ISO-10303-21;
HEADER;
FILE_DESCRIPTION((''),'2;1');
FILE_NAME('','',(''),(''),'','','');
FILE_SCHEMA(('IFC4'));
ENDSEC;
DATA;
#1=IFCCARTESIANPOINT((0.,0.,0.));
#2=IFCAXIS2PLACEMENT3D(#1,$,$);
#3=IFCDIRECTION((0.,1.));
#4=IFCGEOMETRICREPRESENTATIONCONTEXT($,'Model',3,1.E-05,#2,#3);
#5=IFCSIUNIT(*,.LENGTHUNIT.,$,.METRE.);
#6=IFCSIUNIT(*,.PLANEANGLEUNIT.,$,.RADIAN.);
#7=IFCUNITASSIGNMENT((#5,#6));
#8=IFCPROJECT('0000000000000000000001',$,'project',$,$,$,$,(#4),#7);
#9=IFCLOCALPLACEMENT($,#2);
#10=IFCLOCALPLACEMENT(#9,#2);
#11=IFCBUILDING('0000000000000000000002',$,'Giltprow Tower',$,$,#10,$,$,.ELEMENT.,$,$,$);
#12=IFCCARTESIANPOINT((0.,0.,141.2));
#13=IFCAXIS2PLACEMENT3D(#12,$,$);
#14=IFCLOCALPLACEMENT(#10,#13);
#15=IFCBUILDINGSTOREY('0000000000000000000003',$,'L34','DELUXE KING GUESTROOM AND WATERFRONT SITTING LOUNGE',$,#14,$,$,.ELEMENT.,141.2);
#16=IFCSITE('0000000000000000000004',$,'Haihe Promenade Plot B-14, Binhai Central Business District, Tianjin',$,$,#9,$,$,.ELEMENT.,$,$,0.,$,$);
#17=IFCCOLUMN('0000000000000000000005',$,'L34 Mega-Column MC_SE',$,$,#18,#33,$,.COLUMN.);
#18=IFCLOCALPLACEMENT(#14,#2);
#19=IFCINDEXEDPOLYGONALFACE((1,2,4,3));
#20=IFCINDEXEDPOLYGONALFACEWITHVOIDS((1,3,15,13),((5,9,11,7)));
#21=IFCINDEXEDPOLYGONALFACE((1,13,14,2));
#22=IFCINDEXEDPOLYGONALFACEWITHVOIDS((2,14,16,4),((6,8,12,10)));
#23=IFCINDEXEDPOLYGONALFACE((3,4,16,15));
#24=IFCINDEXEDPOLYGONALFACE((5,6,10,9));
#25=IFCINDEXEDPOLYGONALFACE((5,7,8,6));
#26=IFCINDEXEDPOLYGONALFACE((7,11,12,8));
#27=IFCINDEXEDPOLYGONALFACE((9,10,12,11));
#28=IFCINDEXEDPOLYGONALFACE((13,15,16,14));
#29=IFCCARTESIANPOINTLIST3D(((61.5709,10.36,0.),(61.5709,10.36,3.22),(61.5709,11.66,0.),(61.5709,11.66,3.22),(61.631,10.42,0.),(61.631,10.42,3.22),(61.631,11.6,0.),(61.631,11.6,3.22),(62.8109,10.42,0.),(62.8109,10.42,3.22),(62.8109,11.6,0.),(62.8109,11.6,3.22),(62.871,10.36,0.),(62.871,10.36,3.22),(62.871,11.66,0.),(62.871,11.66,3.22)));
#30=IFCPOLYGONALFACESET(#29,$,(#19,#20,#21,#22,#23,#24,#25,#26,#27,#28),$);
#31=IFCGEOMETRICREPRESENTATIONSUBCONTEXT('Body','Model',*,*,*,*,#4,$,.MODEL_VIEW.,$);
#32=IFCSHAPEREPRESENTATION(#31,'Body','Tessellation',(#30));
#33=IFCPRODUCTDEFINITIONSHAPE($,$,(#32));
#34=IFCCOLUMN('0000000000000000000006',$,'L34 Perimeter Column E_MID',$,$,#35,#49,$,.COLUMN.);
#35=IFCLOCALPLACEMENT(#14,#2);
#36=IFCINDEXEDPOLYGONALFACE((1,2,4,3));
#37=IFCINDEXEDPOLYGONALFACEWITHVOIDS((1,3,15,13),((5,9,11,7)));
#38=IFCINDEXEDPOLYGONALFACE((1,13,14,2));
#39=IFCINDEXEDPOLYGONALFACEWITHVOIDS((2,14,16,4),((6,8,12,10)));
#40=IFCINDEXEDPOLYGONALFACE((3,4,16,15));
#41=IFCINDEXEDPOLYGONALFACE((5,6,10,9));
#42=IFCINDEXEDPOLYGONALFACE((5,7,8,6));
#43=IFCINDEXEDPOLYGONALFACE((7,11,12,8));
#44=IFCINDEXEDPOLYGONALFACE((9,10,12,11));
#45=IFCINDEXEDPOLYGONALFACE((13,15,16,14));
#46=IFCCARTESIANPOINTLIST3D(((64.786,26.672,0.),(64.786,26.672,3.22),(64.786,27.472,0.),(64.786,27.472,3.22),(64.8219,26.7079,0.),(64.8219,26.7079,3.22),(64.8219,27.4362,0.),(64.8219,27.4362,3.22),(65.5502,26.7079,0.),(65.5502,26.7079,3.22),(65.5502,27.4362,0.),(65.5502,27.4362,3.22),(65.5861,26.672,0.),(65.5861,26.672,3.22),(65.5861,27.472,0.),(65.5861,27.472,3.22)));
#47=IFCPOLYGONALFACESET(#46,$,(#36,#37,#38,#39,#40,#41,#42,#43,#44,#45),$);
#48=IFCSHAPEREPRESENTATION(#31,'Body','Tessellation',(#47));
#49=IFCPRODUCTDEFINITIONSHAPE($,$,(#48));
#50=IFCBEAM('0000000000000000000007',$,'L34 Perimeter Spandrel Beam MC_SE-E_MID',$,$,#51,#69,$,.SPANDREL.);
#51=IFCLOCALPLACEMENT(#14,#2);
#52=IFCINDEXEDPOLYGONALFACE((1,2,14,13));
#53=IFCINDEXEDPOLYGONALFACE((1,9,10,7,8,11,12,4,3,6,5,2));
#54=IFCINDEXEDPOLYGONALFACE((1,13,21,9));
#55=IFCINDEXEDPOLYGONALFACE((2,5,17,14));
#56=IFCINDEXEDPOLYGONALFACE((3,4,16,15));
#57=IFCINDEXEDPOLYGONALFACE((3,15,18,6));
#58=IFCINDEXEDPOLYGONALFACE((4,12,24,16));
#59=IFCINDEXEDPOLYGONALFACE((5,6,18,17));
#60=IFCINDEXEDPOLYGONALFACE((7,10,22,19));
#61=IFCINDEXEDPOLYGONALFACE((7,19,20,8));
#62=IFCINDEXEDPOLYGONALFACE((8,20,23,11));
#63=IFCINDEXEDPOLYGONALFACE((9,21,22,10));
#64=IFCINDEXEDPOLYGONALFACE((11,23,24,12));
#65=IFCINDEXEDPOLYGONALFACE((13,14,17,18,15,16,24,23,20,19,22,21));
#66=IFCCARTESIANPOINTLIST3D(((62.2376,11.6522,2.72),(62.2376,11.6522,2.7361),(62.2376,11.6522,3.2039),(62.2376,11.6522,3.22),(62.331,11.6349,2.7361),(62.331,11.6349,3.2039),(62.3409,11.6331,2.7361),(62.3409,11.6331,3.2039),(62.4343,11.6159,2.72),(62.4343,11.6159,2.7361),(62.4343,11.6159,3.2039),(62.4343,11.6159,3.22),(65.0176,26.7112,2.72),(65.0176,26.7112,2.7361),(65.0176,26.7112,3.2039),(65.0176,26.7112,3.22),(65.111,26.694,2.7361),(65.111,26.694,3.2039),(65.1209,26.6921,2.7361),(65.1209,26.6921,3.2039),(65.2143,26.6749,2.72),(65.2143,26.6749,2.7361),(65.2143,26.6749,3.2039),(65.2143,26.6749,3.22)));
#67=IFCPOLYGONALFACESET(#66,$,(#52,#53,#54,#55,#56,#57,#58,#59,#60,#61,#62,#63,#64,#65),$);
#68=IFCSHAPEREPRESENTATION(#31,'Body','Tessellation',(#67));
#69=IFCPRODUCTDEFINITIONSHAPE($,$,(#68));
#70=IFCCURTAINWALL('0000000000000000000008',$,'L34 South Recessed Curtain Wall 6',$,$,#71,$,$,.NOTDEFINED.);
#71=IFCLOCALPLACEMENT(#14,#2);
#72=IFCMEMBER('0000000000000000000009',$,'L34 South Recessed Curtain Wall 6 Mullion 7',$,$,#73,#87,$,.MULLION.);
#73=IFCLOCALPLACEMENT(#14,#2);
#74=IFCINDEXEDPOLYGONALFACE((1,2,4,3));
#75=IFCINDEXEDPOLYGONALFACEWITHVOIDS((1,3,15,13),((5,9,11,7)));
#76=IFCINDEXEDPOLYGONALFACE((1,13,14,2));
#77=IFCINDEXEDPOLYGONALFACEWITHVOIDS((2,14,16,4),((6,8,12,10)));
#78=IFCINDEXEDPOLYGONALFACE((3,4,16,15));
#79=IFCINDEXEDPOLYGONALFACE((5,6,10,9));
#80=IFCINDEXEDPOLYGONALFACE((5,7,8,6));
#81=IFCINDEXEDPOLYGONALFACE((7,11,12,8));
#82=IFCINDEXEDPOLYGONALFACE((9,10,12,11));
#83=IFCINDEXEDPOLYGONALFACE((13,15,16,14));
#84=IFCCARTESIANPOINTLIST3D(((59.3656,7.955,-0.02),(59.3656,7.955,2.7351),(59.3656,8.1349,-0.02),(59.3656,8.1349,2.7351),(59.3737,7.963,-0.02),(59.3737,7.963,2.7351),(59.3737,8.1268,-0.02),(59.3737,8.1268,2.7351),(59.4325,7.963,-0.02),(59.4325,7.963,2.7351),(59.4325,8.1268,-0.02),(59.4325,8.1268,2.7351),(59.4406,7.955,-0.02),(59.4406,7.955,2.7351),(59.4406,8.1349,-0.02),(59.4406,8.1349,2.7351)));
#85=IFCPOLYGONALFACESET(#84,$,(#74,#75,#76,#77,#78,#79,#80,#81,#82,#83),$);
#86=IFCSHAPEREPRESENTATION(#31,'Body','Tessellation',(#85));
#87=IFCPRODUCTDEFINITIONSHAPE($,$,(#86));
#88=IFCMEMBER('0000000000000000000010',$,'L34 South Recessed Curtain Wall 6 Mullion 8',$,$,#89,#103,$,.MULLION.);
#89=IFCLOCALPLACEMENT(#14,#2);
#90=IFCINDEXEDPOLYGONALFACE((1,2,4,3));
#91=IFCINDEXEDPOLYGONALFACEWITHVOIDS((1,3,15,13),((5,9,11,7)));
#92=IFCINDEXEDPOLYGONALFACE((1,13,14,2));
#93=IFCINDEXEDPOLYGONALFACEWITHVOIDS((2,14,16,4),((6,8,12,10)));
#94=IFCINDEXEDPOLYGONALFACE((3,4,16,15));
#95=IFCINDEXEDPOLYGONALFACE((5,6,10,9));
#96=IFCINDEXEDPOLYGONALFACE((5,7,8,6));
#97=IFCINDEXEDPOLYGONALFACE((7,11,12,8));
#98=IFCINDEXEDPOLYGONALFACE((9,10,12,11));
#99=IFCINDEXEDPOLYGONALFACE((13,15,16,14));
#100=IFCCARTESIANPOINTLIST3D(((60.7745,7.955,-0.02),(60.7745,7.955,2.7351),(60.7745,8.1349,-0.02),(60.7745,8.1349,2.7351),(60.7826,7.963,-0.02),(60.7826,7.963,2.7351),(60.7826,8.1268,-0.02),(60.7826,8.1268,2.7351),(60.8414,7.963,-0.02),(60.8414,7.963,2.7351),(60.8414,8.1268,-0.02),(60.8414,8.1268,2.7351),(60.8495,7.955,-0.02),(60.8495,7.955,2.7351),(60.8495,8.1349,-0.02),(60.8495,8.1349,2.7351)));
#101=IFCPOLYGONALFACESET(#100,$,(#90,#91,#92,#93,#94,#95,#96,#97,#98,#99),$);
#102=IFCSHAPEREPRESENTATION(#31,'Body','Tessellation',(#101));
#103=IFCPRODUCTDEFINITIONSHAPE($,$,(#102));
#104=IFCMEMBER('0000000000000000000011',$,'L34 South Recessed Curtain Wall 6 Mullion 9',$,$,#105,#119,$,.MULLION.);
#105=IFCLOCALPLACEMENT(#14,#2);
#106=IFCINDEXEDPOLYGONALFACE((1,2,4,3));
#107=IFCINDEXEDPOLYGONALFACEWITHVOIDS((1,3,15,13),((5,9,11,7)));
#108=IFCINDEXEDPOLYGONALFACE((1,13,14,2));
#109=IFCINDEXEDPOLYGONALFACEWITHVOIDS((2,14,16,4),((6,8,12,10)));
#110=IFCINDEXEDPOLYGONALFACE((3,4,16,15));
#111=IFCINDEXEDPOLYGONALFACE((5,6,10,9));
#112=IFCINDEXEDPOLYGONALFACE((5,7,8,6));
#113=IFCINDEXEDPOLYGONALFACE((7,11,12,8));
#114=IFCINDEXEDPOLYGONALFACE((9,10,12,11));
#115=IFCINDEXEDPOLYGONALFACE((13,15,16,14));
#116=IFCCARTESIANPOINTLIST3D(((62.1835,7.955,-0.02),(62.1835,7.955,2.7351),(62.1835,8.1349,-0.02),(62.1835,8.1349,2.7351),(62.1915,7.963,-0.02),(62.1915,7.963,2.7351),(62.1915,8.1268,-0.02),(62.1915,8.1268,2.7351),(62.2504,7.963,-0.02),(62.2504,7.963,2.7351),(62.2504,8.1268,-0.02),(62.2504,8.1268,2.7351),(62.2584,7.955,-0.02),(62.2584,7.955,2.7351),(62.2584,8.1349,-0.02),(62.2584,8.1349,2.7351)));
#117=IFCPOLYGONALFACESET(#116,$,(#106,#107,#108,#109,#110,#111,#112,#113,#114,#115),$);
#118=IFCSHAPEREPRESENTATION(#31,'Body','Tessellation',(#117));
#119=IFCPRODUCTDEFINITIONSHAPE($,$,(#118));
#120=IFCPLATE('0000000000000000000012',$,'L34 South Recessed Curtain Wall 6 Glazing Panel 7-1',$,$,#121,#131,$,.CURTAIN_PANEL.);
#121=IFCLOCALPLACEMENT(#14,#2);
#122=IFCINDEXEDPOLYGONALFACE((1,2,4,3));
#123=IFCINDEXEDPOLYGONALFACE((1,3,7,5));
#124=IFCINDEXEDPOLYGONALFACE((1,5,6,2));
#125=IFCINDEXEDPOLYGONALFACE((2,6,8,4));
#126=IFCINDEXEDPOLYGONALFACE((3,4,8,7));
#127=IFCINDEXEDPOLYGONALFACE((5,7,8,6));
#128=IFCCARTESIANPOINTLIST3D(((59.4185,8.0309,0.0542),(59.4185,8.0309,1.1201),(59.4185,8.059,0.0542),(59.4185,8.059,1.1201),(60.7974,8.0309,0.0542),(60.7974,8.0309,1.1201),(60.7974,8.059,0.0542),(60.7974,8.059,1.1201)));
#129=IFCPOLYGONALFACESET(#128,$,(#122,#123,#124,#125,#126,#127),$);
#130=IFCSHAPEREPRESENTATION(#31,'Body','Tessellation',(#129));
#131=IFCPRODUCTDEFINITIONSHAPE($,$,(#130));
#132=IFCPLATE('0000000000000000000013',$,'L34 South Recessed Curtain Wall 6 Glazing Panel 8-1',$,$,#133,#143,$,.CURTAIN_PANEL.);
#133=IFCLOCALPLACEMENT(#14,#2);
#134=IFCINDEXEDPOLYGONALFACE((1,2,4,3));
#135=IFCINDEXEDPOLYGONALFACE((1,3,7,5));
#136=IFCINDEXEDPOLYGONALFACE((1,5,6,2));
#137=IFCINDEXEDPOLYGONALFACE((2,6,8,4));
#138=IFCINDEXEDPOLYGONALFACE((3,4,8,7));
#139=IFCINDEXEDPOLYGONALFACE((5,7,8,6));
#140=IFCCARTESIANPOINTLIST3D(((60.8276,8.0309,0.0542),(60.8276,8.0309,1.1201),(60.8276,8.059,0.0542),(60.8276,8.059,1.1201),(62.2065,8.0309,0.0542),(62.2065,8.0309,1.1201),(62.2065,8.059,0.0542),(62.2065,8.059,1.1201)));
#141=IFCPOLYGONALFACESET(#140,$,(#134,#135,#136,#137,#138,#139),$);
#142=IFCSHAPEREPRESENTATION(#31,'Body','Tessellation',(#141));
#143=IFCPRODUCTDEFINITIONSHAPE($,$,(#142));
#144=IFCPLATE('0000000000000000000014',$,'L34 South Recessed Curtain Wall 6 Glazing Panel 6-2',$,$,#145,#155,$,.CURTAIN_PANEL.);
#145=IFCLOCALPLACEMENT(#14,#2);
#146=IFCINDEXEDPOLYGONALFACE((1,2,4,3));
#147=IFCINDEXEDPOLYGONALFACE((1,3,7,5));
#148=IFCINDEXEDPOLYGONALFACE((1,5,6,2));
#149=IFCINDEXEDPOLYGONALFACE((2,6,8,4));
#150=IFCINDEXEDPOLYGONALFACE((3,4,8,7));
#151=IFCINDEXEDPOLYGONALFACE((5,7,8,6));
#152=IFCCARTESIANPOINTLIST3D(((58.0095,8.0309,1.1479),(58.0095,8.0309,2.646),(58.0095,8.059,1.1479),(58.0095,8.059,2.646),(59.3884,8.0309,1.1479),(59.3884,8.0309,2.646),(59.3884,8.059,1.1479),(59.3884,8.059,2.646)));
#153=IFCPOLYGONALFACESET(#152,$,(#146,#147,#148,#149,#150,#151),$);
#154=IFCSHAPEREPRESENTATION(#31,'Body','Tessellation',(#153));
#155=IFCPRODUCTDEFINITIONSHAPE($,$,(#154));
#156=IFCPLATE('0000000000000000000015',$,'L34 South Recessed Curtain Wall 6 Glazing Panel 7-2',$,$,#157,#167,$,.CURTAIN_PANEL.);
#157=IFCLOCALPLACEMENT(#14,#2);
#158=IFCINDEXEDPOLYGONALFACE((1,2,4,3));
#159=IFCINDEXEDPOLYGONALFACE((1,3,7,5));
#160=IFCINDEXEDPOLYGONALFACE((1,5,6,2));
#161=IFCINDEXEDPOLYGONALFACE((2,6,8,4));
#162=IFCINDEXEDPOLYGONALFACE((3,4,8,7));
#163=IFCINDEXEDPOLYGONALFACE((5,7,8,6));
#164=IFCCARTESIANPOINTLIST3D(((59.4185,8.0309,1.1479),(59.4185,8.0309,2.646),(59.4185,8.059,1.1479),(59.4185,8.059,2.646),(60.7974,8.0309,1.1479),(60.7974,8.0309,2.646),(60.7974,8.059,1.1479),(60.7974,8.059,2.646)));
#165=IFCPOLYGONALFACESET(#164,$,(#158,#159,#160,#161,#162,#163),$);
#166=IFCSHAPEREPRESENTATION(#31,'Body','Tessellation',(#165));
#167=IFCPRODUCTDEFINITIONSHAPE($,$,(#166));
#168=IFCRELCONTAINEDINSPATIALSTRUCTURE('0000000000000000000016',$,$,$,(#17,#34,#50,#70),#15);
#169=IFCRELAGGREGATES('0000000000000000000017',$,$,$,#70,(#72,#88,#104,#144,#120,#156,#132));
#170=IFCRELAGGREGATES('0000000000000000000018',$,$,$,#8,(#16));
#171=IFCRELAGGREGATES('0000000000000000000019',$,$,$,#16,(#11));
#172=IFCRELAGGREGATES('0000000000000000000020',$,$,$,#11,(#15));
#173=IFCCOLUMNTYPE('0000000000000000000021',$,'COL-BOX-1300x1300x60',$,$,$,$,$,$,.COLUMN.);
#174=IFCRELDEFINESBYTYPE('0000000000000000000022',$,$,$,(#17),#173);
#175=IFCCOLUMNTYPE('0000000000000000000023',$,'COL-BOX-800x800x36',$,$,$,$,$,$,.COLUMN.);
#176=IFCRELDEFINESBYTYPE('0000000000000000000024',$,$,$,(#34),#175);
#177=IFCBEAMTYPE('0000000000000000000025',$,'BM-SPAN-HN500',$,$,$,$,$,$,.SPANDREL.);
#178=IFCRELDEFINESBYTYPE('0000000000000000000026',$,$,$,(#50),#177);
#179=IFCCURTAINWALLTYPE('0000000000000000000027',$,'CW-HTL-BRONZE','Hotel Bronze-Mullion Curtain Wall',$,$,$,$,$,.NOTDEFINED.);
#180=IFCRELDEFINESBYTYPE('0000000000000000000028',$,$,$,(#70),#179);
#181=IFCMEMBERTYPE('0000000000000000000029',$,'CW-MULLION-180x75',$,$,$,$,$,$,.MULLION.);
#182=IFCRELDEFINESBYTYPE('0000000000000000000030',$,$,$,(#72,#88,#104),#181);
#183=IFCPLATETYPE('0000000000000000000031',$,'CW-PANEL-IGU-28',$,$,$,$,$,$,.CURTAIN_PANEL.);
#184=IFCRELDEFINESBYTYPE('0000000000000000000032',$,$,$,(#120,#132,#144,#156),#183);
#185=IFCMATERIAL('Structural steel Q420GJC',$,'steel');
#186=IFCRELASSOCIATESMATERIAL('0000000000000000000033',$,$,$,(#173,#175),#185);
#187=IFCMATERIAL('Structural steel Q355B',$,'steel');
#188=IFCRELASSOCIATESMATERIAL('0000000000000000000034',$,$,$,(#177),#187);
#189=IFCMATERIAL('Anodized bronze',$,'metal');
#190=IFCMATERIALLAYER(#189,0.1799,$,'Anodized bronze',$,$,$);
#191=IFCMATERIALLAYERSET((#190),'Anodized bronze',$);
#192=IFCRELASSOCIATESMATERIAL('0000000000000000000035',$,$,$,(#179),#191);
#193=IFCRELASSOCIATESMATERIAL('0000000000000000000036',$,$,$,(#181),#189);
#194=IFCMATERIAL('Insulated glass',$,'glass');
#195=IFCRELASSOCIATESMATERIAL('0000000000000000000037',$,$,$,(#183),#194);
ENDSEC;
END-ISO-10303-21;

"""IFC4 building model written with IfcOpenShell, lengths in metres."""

from ifc_helpers import new_model, si_unit, direction, frame, origin, origin_2d, place, context, subcontext, project, spatial, rectangle, hollow_rectangle, i_section, extrude, source, transform, mapped, material, layer, layer_set, material_profile, profile_set, type_object, element, aggregate, save


model = new_model("IFC4")

# Units and contexts
model_context = context("Model", 3, precision=1e-05, world=origin(), true_north=direction((0.0, 1.0)))
body_context = subcontext(model_context, "Body", "Model", "MODEL_VIEW")
ifc_project = project(units=[si_unit("LENGTHUNIT", "METRE"), si_unit("PLANEANGLEUNIT", "RADIAN")], contexts=[model_context])

# Site, building, storey
site_placement = place(None, origin())
site = spatial("IfcSite", under=ifc_project, at=site_placement, Name="Haihe Promenade Plot B-14, Binhai Central Business District, Tianjin", CompositionType="ELEMENT", RefElevation=0.0)
building_placement = place(site_placement, origin())
building = spatial("IfcBuilding", under=site, at=building_placement, Name="Giltprow Tower", CompositionType="ELEMENT")
storey_placement = place(building_placement, frame((0.0, 0.0, 141.2)))
storey = spatial("IfcBuildingStorey", under=building, at=storey_placement, Name="L34", Description="DELUXE KING GUESTROOM AND WATERFRONT SITTING LOUNGE", CompositionType="ELEMENT", Elevation=141.2)

# Columns
ifc_material_1 = material(Name="Structural steel Q420GJC", Category="steel")
ifc_material_profile_1 = material_profile(ifc_material_1, hollow_rectangle(XDim=1.3, YDim=1.3, WallThickness=0.0601, at=origin_2d()), Name="BOX 1300x1300x60")
ifc_profile_set_1 = profile_set([ifc_material_profile_1], Name="Structural steel Q420GJC")
column_type_1 = type_object("IfcColumnType", Name="COL-BOX-1300x1300x60", PredefinedType="COLUMN", material=ifc_profile_set_1)
shared_shape_1 = source(origin(), body_context, "Body", "SweptSolid", [
    extrude(hollow_rectangle(XDim=1.3, YDim=1.3, WallThickness=0.0601, at=origin_2d()), origin(), (0.0, 0.0, 1.0), 3.22),
])
column_1_placement = place(storey_placement, frame((62.2209, 11.01, 0.0), z_axis=(0.0, 0.0, 1.0), x_axis=(1.0, 0.0, 0.0)))
element("IfcColumn", 1, at=column_1_placement, inside=storey, type_object=column_type_1, Name="L34 Mega-Column MC_SE", PredefinedType="COLUMN", context=body_context, shape_type="MappedRepresentation", body=[
    mapped(shared_shape_1, transform((0.0, 0.0, 0.0), x_axis=(1.0, 0.0, 0.0), y_axis=(0.0, 1.0, 0.0), z_axis=(0.0, 0.0, 1.0), scale=1.0)),
])
ifc_material_profile_2 = material_profile(ifc_material_1, hollow_rectangle(XDim=0.8, YDim=0.8, WallThickness=0.0359, at=origin_2d()), Name="BOX 800x800x36")
ifc_profile_set_2 = profile_set([ifc_material_profile_2], Name="Structural steel Q420GJC")
column_type_2 = type_object("IfcColumnType", Name="COL-BOX-800x800x36", PredefinedType="COLUMN", material=ifc_profile_set_2)
shared_shape_2 = source(origin(), body_context, "Body", "SweptSolid", [
    extrude(hollow_rectangle(XDim=0.8, YDim=0.8, WallThickness=0.0359, at=origin_2d()), origin(), (0.0, 0.0, 1.0), 3.22),
])
column_2_placement = place(storey_placement, frame((65.186, 27.072, 0.0), z_axis=(0.0, 0.0, 1.0), x_axis=(1.0, 0.0, 0.0)))
element("IfcColumn", 2, at=column_2_placement, inside=storey, type_object=column_type_2, Name="L34 Perimeter Column E_MID", PredefinedType="COLUMN", context=body_context, shape_type="MappedRepresentation", body=[
    mapped(shared_shape_2, transform((0.0, 0.0, 0.0), x_axis=(1.0, 0.0, 0.0), y_axis=(0.0, 1.0, 0.0), z_axis=(0.0, 0.0, 1.0), scale=1.0)),
])

# Beam
ifc_material_2 = material(Name="Structural steel Q355B", Category="steel")
ifc_material_profile_3 = material_profile(ifc_material_2, i_section(OverallWidth=0.2, OverallDepth=0.5, WebThickness=0.01, FlangeThickness=0.0161, at=origin_2d()), Name="HN 500x200x10x16")
ifc_profile_set_3 = profile_set([ifc_material_profile_3], Name="Structural steel Q355B")
beam_type = type_object("IfcBeamType", Name="BM-SPAN-HN500", PredefinedType="SPANDREL", material=ifc_profile_set_3)
shared_shape_3 = source(origin(), body_context, "Body", "SweptSolid", [
    extrude(i_section(OverallWidth=0.2, OverallDepth=0.5, WebThickness=0.01, FlangeThickness=0.0161, at=origin_2d()), origin(), (0.0, 0.0, 1.0), 15.3135),
])
beam_placement = place(storey_placement, frame((62.3359, 11.634, 2.97), z_axis=(0.181541, 0.983383, 0.0), x_axis=(-0.983383, 0.181541, 0.0)))
element("IfcBeam", 3, at=beam_placement, inside=storey, type_object=beam_type, Name="L34 Perimeter Spandrel Beam MC_SE-E_MID", PredefinedType="SPANDREL", context=body_context, shape_type="MappedRepresentation", body=[
    mapped(shared_shape_3, transform((0.0, 0.0, 0.0), x_axis=(1.0, 0.0, 0.0), y_axis=(0.0, 1.0, 0.0), z_axis=(0.0, 0.0, 1.0), scale=1.0)),
])

# Curtain wall, members, plates
ifc_material_3 = material(Name="Anodized bronze", Category="metal")
ifc_layer_1 = layer(ifc_material_3, 0.1799, Name="Anodized bronze")
ifc_layer_set_1 = layer_set([ifc_layer_1], Name="Anodized bronze")
curtain_wall_type = type_object("IfcCurtainWallType", Name="CW-HTL-BRONZE", Description="Hotel Bronze-Mullion Curtain Wall", PredefinedType="NOTDEFINED", material=ifc_layer_set_1)
curtain_wall_placement = place(storey_placement, origin())
curtain_wall = element("IfcCurtainWall", 4, at=curtain_wall_placement, inside=storey, type_object=curtain_wall_type, Name="L34 South Recessed Curtain Wall 6", PredefinedType="NOTDEFINED")
ifc_material_profile_4 = material_profile(ifc_material_3, hollow_rectangle(XDim=0.075, YDim=0.1799, WallThickness=0.0081, at=origin_2d()), Name="RHS 180x75x8")
ifc_profile_set_4 = profile_set([ifc_material_profile_4], Name="Anodized bronze")
member_type = type_object("IfcMemberType", Name="CW-MULLION-180x75", PredefinedType="MULLION", material=ifc_profile_set_4)
shared_shape_4 = source(origin(), body_context, "Body", "SweptSolid", [
    extrude(hollow_rectangle(XDim=0.075, YDim=0.1799, WallThickness=0.0081, at=origin_2d()), origin(), (0.0, 0.0, 1.0), 2.7551),
])
member_1_placement = place(storey_placement, frame((59.4031, 8.0449, -0.02), z_axis=(0.0, 0.0, 1.0), x_axis=(1.0, 0.0, 0.0)))
member_1 = element("IfcMember", 5, at=member_1_placement, type_object=member_type, Name="L34 South Recessed Curtain Wall 6 Mullion 7", PredefinedType="MULLION", context=body_context, shape_type="MappedRepresentation", body=[
    mapped(shared_shape_4, transform((0.0, 0.0, 0.0), x_axis=(1.0, 0.0, 0.0), y_axis=(0.0, 1.0, 0.0), z_axis=(0.0, 0.0, 1.0), scale=1.0)),
])
member_2_placement = place(storey_placement, frame((60.812, 8.0449, -0.02), z_axis=(0.0, 0.0, 1.0), x_axis=(1.0, 0.0, 0.0)))
member_2 = element("IfcMember", 6, at=member_2_placement, type_object=member_type, Name="L34 South Recessed Curtain Wall 6 Mullion 8", PredefinedType="MULLION", context=body_context, shape_type="MappedRepresentation", body=[
    mapped(shared_shape_4, transform((0.0, 0.0, 0.0), x_axis=(1.0, 0.0, 0.0), y_axis=(0.0, 1.0, 0.0), z_axis=(0.0, 0.0, 1.0), scale=1.0)),
])
member_3_placement = place(storey_placement, frame((62.2209, 8.0449, -0.02), z_axis=(0.0, 0.0, 1.0), x_axis=(1.0, 0.0, 0.0)))
member_3 = element("IfcMember", 7, at=member_3_placement, type_object=member_type, Name="L34 South Recessed Curtain Wall 6 Mullion 9", PredefinedType="MULLION", context=body_context, shape_type="MappedRepresentation", body=[
    mapped(shared_shape_4, transform((0.0, 0.0, 0.0), x_axis=(1.0, 0.0, 0.0), y_axis=(0.0, 1.0, 0.0), z_axis=(0.0, 0.0, 1.0), scale=1.0)),
])
ifc_material_4 = material(Name="Insulated glass", Category="glass")
plate_type = type_object("IfcPlateType", Name="CW-PANEL-IGU-28", PredefinedType="CURTAIN_PANEL", material=ifc_material_4)
shared_shape_5 = source(origin(), body_context, "Body", "SweptSolid", [
    extrude(rectangle(XDim=1.3789, YDim=0.0281, at=origin_2d()), origin(), (0.0, 0.0, 1.0), 1.0659),
])
plate_1_placement = place(storey_placement, frame((60.1079, 8.0449, 0.0542), z_axis=(0.0, 0.0, 1.0), x_axis=(1.0, 0.0, 0.0)))
plate_1 = element("IfcPlate", 8, at=plate_1_placement, type_object=plate_type, Name="L34 South Recessed Curtain Wall 6 Glazing Panel 7-1", PredefinedType="CURTAIN_PANEL", context=body_context, shape_type="MappedRepresentation", body=[
    mapped(shared_shape_5, transform((0.0, 0.0, 0.0), x_axis=(1.0, 0.0, 0.0), y_axis=(0.0, 1.0, 0.0), z_axis=(0.0, 0.0, 1.0), scale=1.0)),
])
plate_2_placement = place(storey_placement, frame((61.5171, 8.0449, 0.0542), z_axis=(0.0, 0.0, 1.0), x_axis=(1.0, 0.0, 0.0)))
plate_2 = element("IfcPlate", 9, at=plate_2_placement, type_object=plate_type, Name="L34 South Recessed Curtain Wall 6 Glazing Panel 8-1", PredefinedType="CURTAIN_PANEL", context=body_context, shape_type="MappedRepresentation", body=[
    mapped(shared_shape_5, transform((0.0, 0.0, 0.0), x_axis=(1.0, 0.0, 0.0), y_axis=(0.0, 1.0, 0.0), z_axis=(0.0, 0.0, 1.0), scale=1.0)),
])
shared_shape_6 = source(origin(), body_context, "Body", "SweptSolid", [
    extrude(rectangle(XDim=1.3789, YDim=0.0281, at=origin_2d()), origin(), (0.0, 0.0, 1.0), 1.498),
])
plate_3_placement = place(storey_placement, frame((58.699, 8.0449, 1.1479), z_axis=(0.0, 0.0, 1.0), x_axis=(1.0, 0.0, 0.0)))
plate_3 = element("IfcPlate", 10, at=plate_3_placement, type_object=plate_type, Name="L34 South Recessed Curtain Wall 6 Glazing Panel 6-2", PredefinedType="CURTAIN_PANEL", context=body_context, shape_type="MappedRepresentation", body=[
    mapped(shared_shape_6, transform((0.0, 0.0, 0.0), x_axis=(1.0, 0.0, 0.0), y_axis=(0.0, 1.0, 0.0), z_axis=(0.0, 0.0, 1.0), scale=1.0)),
])
plate_4_placement = place(storey_placement, frame((60.1079, 8.0449, 1.1479), z_axis=(0.0, 0.0, 1.0), x_axis=(1.0, 0.0, 0.0)))
plate_4 = element("IfcPlate", 11, at=plate_4_placement, type_object=plate_type, Name="L34 South Recessed Curtain Wall 6 Glazing Panel 7-2", PredefinedType="CURTAIN_PANEL", context=body_context, shape_type="MappedRepresentation", body=[
    mapped(shared_shape_6, transform((0.0, 0.0, 0.0), x_axis=(1.0, 0.0, 0.0), y_axis=(0.0, 1.0, 0.0), z_axis=(0.0, 0.0, 1.0), scale=1.0)),
])
aggregate(curtain_wall, [member_1, member_2, member_3, plate_3, plate_1, plate_4, plate_2])

save(model, "model.ifc")
